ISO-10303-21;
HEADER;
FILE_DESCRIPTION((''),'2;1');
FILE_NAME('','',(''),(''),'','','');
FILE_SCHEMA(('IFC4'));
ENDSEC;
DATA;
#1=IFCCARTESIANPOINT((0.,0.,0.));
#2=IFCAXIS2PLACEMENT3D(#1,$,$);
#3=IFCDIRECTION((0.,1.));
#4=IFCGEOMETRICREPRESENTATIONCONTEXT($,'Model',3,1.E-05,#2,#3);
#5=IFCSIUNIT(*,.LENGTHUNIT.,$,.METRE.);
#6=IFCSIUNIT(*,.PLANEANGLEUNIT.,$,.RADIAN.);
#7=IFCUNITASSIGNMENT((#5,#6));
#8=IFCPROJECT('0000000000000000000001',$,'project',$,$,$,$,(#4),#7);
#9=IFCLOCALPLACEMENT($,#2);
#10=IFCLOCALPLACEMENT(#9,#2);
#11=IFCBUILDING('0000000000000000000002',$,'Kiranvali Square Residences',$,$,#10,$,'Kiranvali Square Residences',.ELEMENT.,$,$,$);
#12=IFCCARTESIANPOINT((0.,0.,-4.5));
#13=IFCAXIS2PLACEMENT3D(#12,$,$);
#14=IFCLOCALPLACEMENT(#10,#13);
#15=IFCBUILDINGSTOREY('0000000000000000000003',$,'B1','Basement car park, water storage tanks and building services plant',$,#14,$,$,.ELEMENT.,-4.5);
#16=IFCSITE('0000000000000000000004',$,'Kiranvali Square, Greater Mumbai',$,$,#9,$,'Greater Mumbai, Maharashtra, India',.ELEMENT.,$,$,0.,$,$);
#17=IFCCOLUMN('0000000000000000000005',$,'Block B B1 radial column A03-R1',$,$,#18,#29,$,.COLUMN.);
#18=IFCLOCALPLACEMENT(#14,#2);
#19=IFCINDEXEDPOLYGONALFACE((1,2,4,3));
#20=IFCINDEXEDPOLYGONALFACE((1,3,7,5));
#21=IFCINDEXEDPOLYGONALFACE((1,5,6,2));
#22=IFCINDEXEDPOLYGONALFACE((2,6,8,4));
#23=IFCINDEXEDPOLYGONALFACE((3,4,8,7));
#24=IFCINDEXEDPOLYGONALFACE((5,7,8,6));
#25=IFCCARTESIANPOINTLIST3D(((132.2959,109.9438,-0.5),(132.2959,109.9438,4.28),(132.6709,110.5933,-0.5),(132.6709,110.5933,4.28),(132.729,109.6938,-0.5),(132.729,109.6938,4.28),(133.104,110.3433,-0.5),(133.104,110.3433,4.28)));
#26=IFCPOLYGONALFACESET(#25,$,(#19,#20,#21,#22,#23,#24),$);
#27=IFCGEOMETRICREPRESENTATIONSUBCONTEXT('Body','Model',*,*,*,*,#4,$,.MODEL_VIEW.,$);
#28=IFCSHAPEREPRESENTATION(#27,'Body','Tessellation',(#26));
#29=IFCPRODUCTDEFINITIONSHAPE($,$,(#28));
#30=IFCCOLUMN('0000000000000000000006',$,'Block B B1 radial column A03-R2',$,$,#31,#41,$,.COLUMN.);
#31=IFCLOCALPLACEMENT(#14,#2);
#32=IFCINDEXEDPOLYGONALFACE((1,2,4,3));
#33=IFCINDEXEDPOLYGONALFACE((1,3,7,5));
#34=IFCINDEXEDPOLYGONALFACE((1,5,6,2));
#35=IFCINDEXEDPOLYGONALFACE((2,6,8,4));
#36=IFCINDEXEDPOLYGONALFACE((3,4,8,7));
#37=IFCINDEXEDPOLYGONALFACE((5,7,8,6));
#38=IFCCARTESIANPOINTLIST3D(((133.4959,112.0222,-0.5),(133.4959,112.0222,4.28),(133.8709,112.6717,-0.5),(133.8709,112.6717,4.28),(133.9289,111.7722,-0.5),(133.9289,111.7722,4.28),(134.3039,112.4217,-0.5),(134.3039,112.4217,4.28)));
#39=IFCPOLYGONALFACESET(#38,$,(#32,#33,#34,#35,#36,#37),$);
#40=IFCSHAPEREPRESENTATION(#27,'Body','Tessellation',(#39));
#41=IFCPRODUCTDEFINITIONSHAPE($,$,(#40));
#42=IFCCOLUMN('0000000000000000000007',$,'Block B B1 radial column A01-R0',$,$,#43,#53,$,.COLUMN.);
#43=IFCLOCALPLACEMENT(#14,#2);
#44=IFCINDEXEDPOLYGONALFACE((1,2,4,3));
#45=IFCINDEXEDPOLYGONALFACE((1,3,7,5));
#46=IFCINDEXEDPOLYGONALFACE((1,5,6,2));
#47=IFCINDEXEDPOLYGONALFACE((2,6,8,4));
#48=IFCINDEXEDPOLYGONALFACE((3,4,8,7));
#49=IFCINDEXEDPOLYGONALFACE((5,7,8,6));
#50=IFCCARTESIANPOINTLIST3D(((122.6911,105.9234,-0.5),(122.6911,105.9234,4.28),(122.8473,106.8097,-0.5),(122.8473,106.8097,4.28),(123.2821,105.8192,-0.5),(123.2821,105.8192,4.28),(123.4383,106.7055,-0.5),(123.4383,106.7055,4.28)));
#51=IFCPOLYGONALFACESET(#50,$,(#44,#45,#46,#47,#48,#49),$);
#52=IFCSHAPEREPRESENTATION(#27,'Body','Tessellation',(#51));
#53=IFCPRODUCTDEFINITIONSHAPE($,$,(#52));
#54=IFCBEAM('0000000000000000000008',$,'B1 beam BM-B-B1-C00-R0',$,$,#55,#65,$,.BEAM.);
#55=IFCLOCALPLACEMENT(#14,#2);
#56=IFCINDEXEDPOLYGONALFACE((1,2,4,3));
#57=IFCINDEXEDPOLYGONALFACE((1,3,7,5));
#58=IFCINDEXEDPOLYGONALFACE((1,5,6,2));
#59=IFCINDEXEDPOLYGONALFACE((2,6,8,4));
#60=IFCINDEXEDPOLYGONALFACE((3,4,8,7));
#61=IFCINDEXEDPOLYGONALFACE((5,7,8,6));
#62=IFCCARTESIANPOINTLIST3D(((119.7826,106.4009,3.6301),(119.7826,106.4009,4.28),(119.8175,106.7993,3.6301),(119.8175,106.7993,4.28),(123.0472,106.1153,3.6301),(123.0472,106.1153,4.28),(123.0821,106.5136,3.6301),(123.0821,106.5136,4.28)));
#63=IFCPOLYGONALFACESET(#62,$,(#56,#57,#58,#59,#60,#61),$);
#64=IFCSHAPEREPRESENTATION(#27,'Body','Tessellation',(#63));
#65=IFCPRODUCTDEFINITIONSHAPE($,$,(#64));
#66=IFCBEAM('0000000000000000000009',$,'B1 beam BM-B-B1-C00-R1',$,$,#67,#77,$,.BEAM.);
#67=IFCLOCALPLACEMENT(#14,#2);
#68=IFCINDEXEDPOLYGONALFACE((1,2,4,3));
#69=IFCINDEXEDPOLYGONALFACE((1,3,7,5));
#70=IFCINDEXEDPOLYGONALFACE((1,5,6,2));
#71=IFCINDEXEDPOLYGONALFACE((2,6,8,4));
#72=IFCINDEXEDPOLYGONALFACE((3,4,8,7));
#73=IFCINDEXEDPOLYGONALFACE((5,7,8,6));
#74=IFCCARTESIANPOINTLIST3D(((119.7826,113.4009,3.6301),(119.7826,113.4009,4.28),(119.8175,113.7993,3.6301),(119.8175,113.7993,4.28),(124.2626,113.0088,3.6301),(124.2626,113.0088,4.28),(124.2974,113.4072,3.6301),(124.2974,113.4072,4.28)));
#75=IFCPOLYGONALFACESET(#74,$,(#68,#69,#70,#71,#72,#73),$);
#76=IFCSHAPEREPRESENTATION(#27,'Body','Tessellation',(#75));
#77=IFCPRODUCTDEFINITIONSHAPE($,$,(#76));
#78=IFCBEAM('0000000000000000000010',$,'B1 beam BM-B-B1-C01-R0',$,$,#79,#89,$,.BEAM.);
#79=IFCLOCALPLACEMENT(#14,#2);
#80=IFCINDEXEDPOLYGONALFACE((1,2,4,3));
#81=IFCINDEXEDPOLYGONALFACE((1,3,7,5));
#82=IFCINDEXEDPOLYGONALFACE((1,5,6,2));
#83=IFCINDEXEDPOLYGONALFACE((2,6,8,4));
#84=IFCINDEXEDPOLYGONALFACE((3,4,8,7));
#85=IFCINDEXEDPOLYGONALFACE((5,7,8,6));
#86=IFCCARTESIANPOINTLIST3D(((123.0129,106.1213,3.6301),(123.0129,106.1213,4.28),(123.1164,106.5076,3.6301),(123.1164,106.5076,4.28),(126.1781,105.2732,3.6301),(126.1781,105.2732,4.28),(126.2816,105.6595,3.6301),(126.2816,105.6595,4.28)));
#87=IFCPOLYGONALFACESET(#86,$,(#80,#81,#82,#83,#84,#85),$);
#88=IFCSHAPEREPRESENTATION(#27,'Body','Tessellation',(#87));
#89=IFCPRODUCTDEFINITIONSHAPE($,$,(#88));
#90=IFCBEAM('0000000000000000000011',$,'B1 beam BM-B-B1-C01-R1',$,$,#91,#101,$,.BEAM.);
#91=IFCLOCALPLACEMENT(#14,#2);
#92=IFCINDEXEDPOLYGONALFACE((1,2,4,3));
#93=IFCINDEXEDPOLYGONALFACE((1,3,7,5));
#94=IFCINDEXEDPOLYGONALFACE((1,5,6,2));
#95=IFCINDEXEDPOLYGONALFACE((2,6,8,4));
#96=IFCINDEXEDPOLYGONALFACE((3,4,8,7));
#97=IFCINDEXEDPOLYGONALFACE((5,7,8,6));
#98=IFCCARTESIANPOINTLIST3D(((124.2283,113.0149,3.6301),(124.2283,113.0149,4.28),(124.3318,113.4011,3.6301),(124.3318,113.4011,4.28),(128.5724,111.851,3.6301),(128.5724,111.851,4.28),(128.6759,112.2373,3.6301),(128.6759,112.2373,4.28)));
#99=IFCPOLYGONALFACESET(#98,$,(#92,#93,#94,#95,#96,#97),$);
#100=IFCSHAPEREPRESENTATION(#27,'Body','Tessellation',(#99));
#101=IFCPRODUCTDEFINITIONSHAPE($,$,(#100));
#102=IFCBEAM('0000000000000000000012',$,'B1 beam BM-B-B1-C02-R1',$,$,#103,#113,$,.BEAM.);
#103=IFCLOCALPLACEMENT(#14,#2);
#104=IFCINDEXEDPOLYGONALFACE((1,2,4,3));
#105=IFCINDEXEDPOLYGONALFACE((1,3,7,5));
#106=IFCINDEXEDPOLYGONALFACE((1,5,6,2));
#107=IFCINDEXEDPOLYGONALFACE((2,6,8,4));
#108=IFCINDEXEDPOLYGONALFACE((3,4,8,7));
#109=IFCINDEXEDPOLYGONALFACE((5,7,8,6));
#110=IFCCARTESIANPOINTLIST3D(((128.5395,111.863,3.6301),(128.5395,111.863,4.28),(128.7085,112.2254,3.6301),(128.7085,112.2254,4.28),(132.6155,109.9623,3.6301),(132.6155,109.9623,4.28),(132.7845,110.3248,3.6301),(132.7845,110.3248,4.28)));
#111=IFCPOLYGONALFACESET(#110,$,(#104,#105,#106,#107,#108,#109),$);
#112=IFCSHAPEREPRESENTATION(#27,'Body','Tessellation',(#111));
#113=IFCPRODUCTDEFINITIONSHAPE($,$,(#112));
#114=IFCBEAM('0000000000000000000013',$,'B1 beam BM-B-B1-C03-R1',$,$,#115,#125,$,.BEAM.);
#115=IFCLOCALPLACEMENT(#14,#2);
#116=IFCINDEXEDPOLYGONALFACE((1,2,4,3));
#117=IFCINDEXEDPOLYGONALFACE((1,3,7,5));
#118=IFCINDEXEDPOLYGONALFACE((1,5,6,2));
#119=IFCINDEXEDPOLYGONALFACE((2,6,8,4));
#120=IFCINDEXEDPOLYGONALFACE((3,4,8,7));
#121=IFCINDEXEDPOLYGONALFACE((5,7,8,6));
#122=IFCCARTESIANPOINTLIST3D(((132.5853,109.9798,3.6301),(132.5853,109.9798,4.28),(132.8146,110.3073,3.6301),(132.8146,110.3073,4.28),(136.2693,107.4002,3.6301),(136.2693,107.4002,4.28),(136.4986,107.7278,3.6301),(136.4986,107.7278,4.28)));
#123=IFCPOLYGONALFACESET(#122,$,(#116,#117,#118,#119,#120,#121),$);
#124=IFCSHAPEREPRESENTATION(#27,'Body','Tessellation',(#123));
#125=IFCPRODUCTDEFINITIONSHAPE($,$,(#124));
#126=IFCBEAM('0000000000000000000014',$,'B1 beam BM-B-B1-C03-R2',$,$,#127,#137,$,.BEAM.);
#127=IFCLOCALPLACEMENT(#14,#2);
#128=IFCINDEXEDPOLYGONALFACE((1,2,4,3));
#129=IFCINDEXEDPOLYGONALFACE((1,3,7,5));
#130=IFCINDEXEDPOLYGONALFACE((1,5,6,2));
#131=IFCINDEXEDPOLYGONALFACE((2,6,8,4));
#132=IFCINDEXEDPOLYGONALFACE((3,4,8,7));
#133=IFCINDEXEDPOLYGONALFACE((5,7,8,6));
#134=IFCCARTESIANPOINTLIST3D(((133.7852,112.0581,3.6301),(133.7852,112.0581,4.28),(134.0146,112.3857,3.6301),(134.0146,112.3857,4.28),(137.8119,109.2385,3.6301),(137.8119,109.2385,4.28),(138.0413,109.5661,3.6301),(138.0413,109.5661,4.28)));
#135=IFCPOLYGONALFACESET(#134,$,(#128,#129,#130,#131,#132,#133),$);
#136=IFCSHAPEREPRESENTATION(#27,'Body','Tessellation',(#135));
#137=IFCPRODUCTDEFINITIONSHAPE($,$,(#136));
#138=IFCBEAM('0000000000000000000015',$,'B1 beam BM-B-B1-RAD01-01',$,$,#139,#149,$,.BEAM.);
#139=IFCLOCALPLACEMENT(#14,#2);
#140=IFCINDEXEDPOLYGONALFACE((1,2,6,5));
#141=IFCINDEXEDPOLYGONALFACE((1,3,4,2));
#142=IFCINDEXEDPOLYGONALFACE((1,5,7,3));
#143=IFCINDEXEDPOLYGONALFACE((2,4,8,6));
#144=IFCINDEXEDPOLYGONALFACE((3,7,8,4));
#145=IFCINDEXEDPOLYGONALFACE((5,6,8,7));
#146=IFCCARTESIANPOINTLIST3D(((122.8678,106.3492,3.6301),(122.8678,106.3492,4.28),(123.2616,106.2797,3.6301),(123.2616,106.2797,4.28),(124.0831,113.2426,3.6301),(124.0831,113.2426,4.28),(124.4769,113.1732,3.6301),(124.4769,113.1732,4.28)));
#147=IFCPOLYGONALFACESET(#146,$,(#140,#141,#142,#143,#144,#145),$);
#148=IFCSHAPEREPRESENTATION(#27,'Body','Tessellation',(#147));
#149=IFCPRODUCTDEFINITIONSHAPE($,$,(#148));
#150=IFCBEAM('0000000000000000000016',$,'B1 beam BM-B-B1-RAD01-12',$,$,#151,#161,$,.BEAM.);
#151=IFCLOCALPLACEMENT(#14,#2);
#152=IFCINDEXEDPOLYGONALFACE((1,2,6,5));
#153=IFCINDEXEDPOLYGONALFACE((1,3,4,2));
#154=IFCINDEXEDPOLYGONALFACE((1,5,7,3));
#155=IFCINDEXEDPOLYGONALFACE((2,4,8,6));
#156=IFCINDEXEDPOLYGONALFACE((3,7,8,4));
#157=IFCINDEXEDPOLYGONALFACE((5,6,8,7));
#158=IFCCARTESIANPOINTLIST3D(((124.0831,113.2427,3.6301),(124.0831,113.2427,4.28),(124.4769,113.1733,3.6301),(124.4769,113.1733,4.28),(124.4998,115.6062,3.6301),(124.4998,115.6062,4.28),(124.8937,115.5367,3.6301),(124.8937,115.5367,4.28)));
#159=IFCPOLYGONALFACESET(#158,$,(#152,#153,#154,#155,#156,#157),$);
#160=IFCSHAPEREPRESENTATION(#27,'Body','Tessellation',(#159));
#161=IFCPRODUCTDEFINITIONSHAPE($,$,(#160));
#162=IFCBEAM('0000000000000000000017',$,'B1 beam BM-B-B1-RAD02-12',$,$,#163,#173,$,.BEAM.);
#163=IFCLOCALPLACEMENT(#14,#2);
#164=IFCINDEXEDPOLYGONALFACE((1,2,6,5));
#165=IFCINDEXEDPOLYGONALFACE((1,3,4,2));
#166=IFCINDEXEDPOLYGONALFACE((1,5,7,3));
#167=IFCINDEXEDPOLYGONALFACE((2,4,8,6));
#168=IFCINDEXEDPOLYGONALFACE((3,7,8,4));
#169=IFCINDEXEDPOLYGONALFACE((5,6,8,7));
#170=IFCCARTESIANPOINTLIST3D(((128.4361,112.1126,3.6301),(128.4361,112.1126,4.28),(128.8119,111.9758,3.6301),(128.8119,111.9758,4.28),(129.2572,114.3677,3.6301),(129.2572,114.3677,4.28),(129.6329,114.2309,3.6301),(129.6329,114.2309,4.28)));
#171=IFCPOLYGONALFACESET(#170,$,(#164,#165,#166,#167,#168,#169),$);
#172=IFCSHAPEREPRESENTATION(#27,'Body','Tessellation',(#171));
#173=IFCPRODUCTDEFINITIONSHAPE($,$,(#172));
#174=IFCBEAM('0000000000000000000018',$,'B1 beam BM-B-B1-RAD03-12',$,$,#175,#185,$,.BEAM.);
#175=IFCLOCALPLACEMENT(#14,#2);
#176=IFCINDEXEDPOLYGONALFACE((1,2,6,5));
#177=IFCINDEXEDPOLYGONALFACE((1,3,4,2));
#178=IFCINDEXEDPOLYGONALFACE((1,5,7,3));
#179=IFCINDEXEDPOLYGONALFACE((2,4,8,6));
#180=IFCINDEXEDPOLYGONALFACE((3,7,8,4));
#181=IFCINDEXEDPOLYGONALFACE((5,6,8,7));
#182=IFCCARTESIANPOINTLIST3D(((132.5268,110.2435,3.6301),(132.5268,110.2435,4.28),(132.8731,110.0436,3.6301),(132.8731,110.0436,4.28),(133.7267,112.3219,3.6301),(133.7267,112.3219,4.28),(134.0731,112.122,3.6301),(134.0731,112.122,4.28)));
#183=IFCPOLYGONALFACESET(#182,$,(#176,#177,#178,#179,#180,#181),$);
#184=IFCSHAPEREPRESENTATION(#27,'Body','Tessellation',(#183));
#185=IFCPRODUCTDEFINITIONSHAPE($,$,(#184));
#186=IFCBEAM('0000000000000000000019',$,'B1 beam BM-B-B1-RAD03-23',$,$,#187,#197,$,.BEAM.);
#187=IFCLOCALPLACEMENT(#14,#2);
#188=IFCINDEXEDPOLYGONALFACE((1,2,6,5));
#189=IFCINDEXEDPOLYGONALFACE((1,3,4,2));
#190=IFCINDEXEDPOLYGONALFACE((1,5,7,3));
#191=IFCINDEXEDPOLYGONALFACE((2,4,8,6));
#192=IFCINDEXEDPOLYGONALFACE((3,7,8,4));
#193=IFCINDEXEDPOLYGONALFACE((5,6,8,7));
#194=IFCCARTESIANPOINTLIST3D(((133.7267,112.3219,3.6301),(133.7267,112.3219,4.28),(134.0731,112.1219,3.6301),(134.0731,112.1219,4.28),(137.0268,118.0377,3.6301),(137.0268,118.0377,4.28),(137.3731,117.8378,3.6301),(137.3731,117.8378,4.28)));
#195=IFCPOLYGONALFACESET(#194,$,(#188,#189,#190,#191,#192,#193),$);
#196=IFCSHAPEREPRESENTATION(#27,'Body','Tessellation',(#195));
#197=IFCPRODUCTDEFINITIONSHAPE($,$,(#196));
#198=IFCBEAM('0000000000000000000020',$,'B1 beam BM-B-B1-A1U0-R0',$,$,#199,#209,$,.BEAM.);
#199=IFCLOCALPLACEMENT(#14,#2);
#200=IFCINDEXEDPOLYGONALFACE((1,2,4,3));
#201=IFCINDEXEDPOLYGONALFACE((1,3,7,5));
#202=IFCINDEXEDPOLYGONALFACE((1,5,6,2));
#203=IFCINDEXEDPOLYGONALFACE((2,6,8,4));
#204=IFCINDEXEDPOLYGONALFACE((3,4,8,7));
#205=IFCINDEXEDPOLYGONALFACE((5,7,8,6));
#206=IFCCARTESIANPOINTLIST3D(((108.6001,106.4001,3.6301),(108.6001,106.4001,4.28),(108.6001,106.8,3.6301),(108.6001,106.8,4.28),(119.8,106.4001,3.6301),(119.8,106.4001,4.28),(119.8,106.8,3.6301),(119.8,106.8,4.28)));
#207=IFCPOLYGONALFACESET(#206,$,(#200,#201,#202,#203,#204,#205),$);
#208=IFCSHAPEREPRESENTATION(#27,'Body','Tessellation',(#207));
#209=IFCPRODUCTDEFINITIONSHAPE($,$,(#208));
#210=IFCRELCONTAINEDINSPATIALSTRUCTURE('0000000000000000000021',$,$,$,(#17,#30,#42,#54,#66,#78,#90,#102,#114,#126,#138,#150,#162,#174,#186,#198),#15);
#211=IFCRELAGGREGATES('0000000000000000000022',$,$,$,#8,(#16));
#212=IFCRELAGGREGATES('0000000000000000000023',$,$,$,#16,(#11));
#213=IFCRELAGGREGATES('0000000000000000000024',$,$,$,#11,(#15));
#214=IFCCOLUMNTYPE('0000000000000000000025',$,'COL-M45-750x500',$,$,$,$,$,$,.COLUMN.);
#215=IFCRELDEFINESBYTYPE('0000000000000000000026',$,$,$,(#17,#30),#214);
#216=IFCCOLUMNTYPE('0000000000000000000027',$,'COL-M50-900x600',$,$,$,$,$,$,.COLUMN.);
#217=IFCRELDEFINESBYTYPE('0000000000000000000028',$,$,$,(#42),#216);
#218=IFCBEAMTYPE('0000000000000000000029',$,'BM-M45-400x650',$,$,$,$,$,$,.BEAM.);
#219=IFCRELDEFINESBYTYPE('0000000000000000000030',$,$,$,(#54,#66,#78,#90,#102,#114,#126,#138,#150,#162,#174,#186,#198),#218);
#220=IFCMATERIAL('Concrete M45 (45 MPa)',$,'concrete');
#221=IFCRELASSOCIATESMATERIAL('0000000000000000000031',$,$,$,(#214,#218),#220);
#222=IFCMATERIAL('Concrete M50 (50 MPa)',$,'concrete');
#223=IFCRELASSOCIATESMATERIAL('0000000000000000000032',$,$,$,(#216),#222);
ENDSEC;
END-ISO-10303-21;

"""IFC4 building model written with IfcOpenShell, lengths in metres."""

from ifc_helpers import new_model, si_unit, direction, frame, origin, origin_2d, place, context, subcontext, project, spatial, rectangle, extrude, material, material_profile, profile_set, type_object, element, save


model = new_model("IFC4")

# Units and contexts
model_context = context("Model", 3, precision=1e-05, world=origin(), true_north=direction((0.0, 1.0)))
body_context = subcontext(model_context, "Body", "Model", "MODEL_VIEW")
ifc_project = project(units=[si_unit("LENGTHUNIT", "METRE"), si_unit("PLANEANGLEUNIT", "RADIAN")], contexts=[model_context])

# Site, building, storey
site_placement = place(None, origin())
site = spatial("IfcSite", under=ifc_project, at=site_placement, Name="Kiranvali Square, Greater Mumbai", LongName="Greater Mumbai, Maharashtra, India", CompositionType="ELEMENT", RefElevation=0.0)
building_placement = place(site_placement, origin())
building = spatial("IfcBuilding", under=site, at=building_placement, Name="Kiranvali Square Residences", LongName="Kiranvali Square Residences", CompositionType="ELEMENT")
storey_placement = place(building_placement, frame((0.0, 0.0, -4.5)))
storey = spatial("IfcBuildingStorey", under=building, at=storey_placement, Name="B1", Description="Basement car park, water storage tanks and building services plant", CompositionType="ELEMENT", Elevation=-4.5)

# Columns
ifc_material_1 = material(Name="Concrete M45 (45 MPa)", Category="concrete")
ifc_material_profile_1 = material_profile(ifc_material_1, rectangle(XDim=0.5, YDim=0.75, at=origin_2d()), Name="RC 750x500")
ifc_profile_set_1 = profile_set([ifc_material_profile_1], Name="Concrete M45 (45 MPa)")
column_type_1 = type_object("IfcColumnType", Name="COL-M45-750x500", PredefinedType="COLUMN", material=ifc_profile_set_1)
for number, where, z_axis, x_axis, name in (
    (1, (132.7, 110.1436, -0.5), (0.0, 0.0, 1.0), (-0.866025, 0.5, 0.0), "Block B B1 radial column A03-R1"),
    (2, (133.8999, 112.2219, -0.5), (0.0, 0.0, 1.0), (-0.866025, 0.5, 0.0), "Block B B1 radial column A03-R2"),
):
    element("IfcColumn", number, at=place(storey_placement, frame(where, z_axis=z_axis, x_axis=x_axis)), inside=storey, type_object=column_type_1, Name=name, PredefinedType="COLUMN", context=body_context, shape_type="SweptSolid", body=[
        extrude(rectangle(XDim=0.5, YDim=0.75, at=origin_2d()), origin(), (0.0, 0.0, 1.0), 4.78),
    ])
ifc_material_2 = material(Name="Concrete M50 (50 MPa)", Category="concrete")
ifc_material_profile_2 = material_profile(ifc_material_2, rectangle(XDim=0.6001, YDim=0.8999, at=origin_2d()), Name="RC 900x600")
ifc_profile_set_2 = profile_set([ifc_material_profile_2], Name="Concrete M50 (50 MPa)")
column_type_2 = type_object("IfcColumnType", Name="COL-M50-900x600", PredefinedType="COLUMN", material=ifc_profile_set_2)
column_placement = place(storey_placement, frame((123.0647, 106.3145, -0.5), z_axis=(0.0, 0.0, 1.0), x_axis=(-0.984808, 0.173648, 0.0)))
element("IfcColumn", 3, at=column_placement, inside=storey, type_object=column_type_2, Name="Block B B1 radial column A01-R0", PredefinedType="COLUMN", context=body_context, shape_type="SweptSolid", body=[
    extrude(rectangle(XDim=0.6001, YDim=0.8999, at=origin_2d()), origin(), (0.0, 0.0, 1.0), 4.78),
])

# Beams
ifc_material_profile_3 = material_profile(ifc_material_1, rectangle(XDim=0.3999, YDim=0.6499, at=origin_2d()), Name="RC 400x650")
ifc_profile_set_3 = profile_set([ifc_material_profile_3], Name="Concrete M45 (45 MPa)")
beam_type = type_object("IfcBeamType", Name="BM-M45-400x650", PredefinedType="BEAM", material=ifc_profile_set_3)
beam_1_placement = place(storey_placement, frame((119.8, 106.6001, 3.9551), z_axis=(0.996194, -0.087163, 0.0), x_axis=(0.087163, 0.996194, 0.0)))
element("IfcBeam", 4, at=beam_1_placement, inside=storey, type_object=beam_type, Name="B1 beam BM-B-B1-C00-R0", PredefinedType="BEAM", context=body_context, shape_type="SweptSolid", body=[
    extrude(rectangle(XDim=0.3999, YDim=0.6499, at=origin_2d()), origin(), (0.0, 0.0, 1.0), 3.2771),
])
beam_2_placement = place(storey_placement, frame((119.8, 113.6001, 3.9551), z_axis=(0.996192, -0.087187, 0.0), x_axis=(0.087187, 0.996192, 0.0)))
element("IfcBeam", 5, at=beam_2_placement, inside=storey, type_object=beam_type, Name="B1 beam BM-B-B1-C00-R1", PredefinedType="BEAM", context=body_context, shape_type="SweptSolid", body=[
    extrude(rectangle(XDim=0.3999, YDim=0.6499, at=origin_2d()), origin(), (0.0, 0.0, 1.0), 4.4971),
])
beam_3_placement = place(storey_placement, frame((123.0647, 106.3145, 3.9551), z_axis=(0.965925, -0.258822, 0.0), x_axis=(0.258822, 0.965925, 0.0)))
element("IfcBeam", 6, at=beam_3_placement, inside=storey, type_object=beam_type, Name="B1 beam BM-B-B1-C01-R0", PredefinedType="BEAM", context=body_context, shape_type="SweptSolid", body=[
    extrude(rectangle(XDim=0.3999, YDim=0.6499, at=origin_2d()), origin(), (0.0, 0.0, 1.0), 3.2769),
])
for number, where, z_axis, x_axis, name in (
    (7, (124.28, 113.208, 3.9551), (0.965934, -0.258788, 0.0), (0.258788, 0.965934, 0.0), "B1 beam BM-B-B1-C01-R1"),
    (8, (128.624, 112.0442, 3.9551), (0.906308, -0.422618, 0.0), (0.422618, 0.906308, 0.0), "B1 beam BM-B-B1-C02-R1"),
    (9, (132.7, 110.1436, 3.9551), (0.819155, -0.573572, 0.0), (0.573572, 0.819155, 0.0), "B1 beam BM-B-B1-C03-R1"),
):
    element("IfcBeam", number, at=place(storey_placement, frame(where, z_axis=z_axis, x_axis=x_axis)), inside=storey, type_object=beam_type, Name=name, PredefinedType="BEAM", context=body_context, shape_type="SweptSolid", body=[
        extrude(rectangle(XDim=0.3999, YDim=0.6499, at=origin_2d()), origin(), (0.0, 0.0, 1.0), 4.4973),
    ])
beam_4_placement = place(storey_placement, frame((133.8999, 112.2219, 3.9551), z_axis=(0.819141, -0.573592, 0.0), x_axis=(0.573592, 0.819141, 0.0)))
element("IfcBeam", 10, at=beam_4_placement, inside=storey, type_object=beam_type, Name="B1 beam BM-B-B1-C03-R2", PredefinedType="BEAM", context=body_context, shape_type="SweptSolid", body=[
    extrude(rectangle(XDim=0.3999, YDim=0.6499, at=origin_2d()), origin(), (0.0, 0.0, 1.0), 4.9158),
])
beam_5_placement = place(storey_placement, frame((123.0647, 106.3145, 3.9551), z_axis=(0.173622, 0.984812, 0.0), x_axis=(-0.984812, 0.173622, 0.0)))
element("IfcBeam", 11, at=beam_5_placement, inside=storey, type_object=beam_type, Name="B1 beam BM-B-B1-RAD01-01", PredefinedType="BEAM", context=body_context, shape_type="SweptSolid", body=[
    extrude(rectangle(XDim=0.3999, YDim=0.6499, at=origin_2d()), origin(), (0.0, 0.0, 1.0), 6.9998),
])
for number, where, z_axis, x_axis, name in (
    (12, (124.28, 113.208, 3.9551), (0.173646, 0.984808, 0.0), (-0.984808, 0.173646, 0.0), "B1 beam BM-B-B1-RAD01-12"),
    (13, (128.624, 112.0442, 3.9551), (0.342111, 0.93966, 0.0), (-0.93966, 0.342111, 0.0), "B1 beam BM-B-B1-RAD02-12"),
    (14, (132.7, 110.1436, 3.9551), (0.500001, 0.866025, 0.0), (-0.866025, 0.500001, 0.0), "B1 beam BM-B-B1-RAD03-12"),
):
    element("IfcBeam", number, at=place(storey_placement, frame(where, z_axis=z_axis, x_axis=x_axis)), inside=storey, type_object=beam_type, Name=name, PredefinedType="BEAM", context=body_context, shape_type="SweptSolid", body=[
        extrude(rectangle(XDim=0.3999, YDim=0.6499, at=origin_2d()), origin(), (0.0, 0.0, 1.0), 2.3999),
    ])
beam_6_placement = place(storey_placement, frame((133.8999, 112.2219, 3.9551), z_axis=(0.500002, 0.866024, 0.0), x_axis=(-0.866024, 0.500002, 0.0)))
element("IfcBeam", 15, at=beam_6_placement, inside=storey, type_object=beam_type, Name="B1 beam BM-B-B1-RAD03-23", PredefinedType="BEAM", context=body_context, shape_type="SweptSolid", body=[
    extrude(rectangle(XDim=0.3999, YDim=0.6499, at=origin_2d()), origin(), (0.0, 0.0, 1.0), 6.6001),
])
beam_7_placement = place(storey_placement, frame((119.8, 106.6001, 3.9551), z_axis=(-1.0, 0.0, 0.0), x_axis=(0.0, -1.0, 0.0)))
element("IfcBeam", 16, at=beam_7_placement, inside=storey, type_object=beam_type, Name="B1 beam BM-B-B1-A1U0-R0", PredefinedType="BEAM", context=body_context, shape_type="SweptSolid", body=[
    extrude(rectangle(XDim=0.3999, YDim=0.6499, at=origin_2d()), origin(), (0.0, 0.0, 1.0), 11.2),
])

save(model, "model.ifc")
